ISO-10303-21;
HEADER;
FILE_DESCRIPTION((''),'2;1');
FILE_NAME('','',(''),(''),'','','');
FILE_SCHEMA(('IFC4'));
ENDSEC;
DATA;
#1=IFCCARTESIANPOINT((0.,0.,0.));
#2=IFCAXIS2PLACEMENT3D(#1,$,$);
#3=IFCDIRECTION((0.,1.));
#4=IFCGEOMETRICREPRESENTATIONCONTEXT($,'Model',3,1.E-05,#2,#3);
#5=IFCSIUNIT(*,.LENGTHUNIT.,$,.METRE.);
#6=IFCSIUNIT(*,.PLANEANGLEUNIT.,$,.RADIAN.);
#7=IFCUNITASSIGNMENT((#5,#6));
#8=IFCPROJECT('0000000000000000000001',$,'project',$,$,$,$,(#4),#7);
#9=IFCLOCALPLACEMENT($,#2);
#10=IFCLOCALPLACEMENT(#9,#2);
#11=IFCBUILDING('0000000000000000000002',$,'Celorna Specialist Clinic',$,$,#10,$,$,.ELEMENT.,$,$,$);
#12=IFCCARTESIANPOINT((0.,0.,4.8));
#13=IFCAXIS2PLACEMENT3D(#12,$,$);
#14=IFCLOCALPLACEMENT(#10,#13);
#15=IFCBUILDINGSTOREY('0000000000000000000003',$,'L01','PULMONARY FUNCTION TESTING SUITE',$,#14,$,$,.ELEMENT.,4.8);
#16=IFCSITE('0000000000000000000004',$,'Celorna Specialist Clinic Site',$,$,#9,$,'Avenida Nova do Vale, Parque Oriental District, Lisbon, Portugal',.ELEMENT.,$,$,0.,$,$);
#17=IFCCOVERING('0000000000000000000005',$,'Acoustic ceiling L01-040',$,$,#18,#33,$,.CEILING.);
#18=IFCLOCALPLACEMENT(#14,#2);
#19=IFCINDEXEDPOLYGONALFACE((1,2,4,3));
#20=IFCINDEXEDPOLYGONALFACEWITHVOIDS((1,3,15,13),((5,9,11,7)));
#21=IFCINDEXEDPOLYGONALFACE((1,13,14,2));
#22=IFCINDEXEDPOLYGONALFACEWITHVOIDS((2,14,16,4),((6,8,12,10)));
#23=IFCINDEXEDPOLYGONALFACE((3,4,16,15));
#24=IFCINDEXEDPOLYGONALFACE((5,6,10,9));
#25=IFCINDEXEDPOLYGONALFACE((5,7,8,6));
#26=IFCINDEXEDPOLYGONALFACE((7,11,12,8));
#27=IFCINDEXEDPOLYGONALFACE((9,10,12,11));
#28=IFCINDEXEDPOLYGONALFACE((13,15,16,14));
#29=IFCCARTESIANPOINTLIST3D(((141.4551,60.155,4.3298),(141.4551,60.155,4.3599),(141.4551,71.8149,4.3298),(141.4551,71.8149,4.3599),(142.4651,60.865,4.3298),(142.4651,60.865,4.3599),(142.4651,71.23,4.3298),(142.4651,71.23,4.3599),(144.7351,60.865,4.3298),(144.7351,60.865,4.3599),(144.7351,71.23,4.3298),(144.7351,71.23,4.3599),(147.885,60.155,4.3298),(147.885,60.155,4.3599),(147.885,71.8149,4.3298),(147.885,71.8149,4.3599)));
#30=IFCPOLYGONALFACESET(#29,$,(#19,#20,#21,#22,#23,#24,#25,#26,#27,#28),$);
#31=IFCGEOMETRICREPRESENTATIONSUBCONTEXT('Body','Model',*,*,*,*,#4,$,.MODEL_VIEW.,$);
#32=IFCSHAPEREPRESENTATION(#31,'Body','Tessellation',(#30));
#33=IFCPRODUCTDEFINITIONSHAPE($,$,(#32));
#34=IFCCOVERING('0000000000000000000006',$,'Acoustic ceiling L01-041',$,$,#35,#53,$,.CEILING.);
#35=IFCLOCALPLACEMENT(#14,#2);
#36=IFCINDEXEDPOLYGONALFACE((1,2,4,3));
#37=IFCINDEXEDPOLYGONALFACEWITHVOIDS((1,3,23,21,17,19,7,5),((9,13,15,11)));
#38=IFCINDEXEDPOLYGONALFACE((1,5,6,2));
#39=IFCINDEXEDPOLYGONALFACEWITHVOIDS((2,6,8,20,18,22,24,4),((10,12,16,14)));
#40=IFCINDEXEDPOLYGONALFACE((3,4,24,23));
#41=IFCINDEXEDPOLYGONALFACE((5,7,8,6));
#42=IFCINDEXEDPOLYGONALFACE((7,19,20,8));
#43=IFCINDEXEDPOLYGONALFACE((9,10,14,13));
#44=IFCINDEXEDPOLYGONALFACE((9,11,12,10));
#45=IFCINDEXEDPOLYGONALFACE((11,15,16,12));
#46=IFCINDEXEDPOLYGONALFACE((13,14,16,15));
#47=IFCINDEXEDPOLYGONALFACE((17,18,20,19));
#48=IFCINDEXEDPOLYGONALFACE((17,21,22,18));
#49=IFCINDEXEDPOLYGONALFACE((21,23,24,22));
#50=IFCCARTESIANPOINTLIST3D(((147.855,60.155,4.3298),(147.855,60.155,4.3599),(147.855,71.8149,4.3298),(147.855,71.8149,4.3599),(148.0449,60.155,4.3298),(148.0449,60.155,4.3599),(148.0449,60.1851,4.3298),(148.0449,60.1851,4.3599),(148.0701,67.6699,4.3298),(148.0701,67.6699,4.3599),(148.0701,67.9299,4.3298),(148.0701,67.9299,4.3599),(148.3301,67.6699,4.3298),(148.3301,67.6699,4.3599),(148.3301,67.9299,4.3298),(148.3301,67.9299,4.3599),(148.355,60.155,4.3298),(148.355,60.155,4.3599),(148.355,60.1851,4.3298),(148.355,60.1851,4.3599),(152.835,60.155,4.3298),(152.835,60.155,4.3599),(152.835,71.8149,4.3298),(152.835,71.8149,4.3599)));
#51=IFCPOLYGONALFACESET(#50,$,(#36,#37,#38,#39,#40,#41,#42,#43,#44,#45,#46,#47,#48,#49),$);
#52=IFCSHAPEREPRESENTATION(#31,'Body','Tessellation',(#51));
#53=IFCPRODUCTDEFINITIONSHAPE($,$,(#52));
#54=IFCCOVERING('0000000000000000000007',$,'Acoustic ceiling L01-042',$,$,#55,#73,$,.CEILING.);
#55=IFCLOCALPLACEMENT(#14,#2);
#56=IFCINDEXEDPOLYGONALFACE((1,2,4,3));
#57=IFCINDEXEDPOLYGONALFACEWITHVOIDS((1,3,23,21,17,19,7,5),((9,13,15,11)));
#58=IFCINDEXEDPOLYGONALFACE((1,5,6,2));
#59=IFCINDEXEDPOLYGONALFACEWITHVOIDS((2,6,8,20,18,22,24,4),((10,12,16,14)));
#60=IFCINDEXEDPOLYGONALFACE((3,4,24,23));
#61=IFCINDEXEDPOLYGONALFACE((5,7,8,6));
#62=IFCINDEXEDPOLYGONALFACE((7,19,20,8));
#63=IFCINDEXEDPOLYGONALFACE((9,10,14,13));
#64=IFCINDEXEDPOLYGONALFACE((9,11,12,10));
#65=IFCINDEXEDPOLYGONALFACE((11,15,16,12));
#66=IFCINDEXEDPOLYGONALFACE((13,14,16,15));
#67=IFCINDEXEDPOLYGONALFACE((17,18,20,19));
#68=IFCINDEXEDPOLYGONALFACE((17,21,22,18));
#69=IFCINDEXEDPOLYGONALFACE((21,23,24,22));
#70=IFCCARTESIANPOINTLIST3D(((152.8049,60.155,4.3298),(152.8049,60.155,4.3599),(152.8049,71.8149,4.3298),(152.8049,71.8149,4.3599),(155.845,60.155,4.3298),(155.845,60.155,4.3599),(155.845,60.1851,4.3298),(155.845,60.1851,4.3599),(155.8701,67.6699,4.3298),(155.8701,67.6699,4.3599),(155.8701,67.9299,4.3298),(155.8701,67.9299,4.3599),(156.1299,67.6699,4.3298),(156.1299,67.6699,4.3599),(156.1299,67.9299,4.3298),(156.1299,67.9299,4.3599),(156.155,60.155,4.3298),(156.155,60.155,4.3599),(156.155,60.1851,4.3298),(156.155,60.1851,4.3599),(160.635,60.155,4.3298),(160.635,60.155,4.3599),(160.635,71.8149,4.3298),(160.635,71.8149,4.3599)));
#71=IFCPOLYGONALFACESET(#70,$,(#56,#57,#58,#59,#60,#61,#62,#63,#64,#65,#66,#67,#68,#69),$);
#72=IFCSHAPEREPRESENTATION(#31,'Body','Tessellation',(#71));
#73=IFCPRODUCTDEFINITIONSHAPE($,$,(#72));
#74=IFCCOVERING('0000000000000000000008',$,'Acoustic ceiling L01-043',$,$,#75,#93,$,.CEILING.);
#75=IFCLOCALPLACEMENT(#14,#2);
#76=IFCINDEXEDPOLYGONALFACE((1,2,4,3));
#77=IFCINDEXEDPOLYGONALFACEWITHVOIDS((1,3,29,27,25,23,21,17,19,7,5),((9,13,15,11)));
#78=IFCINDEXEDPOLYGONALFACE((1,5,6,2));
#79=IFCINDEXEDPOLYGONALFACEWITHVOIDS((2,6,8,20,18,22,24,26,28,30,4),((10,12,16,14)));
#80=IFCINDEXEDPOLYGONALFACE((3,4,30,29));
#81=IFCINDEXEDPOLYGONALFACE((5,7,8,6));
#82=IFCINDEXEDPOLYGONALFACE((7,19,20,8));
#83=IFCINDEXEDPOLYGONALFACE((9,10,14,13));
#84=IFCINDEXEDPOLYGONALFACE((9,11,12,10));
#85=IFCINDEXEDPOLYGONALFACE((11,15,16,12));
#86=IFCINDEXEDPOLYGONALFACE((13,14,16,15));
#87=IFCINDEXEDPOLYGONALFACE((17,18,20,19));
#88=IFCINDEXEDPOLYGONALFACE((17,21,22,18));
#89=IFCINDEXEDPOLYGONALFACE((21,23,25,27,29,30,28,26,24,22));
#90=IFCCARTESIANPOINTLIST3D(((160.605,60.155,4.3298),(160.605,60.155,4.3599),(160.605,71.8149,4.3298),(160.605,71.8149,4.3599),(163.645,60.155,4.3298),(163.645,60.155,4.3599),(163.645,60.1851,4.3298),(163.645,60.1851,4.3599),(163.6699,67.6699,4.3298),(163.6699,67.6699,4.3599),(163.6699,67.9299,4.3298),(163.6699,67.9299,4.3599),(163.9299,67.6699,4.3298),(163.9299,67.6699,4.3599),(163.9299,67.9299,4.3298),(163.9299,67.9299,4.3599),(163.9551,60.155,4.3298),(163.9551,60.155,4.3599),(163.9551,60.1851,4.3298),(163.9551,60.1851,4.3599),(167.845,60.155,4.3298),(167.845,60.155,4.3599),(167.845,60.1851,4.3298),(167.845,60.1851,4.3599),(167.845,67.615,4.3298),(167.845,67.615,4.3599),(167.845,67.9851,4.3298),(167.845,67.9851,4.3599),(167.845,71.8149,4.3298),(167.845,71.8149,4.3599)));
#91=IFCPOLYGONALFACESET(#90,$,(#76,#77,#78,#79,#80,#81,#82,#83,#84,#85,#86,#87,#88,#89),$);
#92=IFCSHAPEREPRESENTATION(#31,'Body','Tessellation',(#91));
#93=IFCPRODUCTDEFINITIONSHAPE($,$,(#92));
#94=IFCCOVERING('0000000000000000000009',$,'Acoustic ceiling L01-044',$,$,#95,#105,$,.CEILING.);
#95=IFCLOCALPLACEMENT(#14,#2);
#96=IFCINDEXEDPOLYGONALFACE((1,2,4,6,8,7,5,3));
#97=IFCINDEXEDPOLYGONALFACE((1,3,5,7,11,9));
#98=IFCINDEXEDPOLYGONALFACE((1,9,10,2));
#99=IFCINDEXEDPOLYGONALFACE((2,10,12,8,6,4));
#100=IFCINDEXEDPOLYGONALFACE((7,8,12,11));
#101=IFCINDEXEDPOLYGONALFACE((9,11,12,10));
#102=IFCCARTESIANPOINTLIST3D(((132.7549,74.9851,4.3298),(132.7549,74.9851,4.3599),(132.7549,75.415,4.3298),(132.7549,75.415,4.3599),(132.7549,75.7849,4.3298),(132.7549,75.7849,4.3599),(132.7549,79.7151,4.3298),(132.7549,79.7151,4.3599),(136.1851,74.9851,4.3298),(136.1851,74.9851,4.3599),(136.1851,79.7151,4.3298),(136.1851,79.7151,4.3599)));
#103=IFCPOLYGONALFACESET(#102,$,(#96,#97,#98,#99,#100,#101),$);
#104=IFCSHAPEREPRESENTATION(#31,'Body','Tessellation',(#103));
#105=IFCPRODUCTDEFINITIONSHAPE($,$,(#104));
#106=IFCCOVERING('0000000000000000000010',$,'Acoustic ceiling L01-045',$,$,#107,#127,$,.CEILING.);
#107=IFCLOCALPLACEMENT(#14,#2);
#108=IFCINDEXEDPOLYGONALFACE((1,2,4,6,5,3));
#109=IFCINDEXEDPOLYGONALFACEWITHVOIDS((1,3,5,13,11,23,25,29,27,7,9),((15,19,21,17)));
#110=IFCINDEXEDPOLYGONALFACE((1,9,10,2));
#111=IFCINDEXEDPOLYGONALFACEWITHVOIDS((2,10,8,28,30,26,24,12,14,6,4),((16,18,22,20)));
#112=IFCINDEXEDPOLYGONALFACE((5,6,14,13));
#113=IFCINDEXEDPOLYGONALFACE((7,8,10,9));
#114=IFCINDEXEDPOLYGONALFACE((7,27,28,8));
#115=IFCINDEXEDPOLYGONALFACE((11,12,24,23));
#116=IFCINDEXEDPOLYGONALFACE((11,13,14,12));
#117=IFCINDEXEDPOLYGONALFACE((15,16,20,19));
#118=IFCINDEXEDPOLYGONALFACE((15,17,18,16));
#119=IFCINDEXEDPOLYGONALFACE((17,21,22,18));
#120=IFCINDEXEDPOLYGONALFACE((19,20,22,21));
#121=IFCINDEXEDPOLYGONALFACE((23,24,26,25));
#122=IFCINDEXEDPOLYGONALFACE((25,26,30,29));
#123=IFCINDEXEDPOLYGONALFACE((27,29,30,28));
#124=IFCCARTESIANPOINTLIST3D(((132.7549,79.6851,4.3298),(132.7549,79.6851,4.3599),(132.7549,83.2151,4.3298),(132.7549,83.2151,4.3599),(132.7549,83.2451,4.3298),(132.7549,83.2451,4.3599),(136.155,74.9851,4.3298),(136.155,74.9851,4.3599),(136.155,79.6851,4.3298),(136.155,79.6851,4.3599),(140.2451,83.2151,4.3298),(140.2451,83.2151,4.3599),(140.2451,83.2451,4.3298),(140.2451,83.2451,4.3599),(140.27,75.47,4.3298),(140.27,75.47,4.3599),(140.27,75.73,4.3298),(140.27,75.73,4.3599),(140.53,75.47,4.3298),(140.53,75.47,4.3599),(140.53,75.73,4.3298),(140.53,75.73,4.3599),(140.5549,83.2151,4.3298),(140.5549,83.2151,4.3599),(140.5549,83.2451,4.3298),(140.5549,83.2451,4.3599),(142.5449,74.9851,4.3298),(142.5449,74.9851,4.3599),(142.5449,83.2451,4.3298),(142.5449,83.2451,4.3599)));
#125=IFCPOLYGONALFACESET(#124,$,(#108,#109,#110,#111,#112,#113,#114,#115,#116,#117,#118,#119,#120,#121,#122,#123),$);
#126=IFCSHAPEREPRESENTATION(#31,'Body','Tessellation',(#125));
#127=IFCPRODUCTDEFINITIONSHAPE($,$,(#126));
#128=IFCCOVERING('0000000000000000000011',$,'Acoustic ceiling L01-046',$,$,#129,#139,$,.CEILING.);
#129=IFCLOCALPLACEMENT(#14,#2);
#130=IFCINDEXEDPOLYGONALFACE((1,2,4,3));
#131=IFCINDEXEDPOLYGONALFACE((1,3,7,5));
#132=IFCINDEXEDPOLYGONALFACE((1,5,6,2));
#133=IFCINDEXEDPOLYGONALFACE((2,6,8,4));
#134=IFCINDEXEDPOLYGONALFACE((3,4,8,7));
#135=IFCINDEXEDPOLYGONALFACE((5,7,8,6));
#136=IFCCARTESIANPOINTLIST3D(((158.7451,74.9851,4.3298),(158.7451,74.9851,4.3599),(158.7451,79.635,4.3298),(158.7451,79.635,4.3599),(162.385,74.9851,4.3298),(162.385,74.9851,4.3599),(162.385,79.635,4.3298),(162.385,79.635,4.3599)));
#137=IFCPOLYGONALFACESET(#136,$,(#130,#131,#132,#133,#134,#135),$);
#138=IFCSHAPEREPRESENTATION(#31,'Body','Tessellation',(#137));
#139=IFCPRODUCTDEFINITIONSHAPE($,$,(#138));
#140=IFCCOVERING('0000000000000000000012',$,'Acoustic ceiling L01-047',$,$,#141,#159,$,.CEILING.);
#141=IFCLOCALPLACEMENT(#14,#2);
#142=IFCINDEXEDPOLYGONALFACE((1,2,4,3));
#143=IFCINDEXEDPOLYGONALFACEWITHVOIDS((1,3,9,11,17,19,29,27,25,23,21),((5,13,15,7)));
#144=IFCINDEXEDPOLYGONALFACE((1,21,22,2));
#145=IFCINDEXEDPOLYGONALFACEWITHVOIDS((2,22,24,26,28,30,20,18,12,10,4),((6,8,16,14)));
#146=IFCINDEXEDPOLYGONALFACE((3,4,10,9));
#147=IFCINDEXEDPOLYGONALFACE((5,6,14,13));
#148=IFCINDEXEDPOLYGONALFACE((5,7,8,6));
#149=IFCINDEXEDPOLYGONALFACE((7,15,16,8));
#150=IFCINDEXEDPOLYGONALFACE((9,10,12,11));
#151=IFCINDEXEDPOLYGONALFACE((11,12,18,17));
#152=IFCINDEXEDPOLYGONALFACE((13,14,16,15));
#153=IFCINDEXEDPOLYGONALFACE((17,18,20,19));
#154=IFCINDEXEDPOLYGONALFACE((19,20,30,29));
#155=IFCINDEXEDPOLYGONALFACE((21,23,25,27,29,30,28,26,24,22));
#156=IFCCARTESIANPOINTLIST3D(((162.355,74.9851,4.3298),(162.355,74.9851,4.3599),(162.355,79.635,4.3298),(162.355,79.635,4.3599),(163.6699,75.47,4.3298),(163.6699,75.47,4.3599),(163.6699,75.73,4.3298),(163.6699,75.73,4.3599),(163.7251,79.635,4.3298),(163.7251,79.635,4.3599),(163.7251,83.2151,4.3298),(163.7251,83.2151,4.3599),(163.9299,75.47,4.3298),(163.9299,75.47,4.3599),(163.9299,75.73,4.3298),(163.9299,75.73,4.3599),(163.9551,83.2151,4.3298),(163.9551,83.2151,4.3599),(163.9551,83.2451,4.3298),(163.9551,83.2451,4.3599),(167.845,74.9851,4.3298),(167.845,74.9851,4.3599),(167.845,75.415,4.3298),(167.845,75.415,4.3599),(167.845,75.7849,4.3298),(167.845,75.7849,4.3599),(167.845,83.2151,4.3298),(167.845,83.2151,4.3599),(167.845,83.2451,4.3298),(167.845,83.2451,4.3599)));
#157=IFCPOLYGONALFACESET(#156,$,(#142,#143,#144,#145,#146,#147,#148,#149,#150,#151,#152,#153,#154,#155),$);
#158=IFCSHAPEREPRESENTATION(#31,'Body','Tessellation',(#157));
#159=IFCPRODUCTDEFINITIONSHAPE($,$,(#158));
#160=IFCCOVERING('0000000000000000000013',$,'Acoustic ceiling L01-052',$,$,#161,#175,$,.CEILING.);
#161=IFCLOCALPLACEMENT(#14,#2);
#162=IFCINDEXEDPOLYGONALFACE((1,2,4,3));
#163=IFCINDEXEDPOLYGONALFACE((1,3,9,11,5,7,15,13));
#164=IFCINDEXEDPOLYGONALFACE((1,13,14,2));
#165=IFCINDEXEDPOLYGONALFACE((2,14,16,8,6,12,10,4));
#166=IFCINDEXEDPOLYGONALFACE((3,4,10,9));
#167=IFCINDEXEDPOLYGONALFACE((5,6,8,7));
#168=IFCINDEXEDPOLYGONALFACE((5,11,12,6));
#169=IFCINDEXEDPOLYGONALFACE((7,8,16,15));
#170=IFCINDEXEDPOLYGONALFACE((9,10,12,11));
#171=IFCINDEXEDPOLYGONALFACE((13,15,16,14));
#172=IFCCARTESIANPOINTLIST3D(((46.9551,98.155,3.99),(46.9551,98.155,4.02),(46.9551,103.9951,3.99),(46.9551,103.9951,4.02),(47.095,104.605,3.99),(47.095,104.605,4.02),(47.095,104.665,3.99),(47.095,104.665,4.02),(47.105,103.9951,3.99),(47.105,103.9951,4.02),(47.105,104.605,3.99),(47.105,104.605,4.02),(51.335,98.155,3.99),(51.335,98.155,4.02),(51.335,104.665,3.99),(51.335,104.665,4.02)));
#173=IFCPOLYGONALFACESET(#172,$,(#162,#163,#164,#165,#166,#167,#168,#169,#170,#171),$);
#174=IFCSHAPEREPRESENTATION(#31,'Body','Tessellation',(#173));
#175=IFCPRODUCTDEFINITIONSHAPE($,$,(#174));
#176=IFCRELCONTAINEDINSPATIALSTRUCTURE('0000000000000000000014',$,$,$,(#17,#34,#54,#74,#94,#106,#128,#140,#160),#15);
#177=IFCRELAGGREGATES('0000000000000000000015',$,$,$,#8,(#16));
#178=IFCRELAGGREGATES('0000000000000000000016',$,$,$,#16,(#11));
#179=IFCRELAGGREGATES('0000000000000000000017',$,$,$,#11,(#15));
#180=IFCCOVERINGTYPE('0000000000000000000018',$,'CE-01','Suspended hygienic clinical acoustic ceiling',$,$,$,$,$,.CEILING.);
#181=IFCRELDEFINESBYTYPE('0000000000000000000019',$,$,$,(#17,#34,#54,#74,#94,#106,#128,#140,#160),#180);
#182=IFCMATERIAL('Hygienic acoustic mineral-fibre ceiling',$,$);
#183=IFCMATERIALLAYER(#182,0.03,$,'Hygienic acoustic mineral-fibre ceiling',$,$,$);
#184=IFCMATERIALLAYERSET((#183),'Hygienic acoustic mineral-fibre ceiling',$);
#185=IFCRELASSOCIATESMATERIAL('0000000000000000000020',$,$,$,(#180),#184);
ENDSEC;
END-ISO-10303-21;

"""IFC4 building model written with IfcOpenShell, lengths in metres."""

from ifc_helpers import new_model, si_unit, direction, frame, origin, place, context, subcontext, project, spatial, polyline, outline, extrude, material, layer, layer_set, type_object, element, save


model = new_model("IFC4")

# Units and contexts
model_context = context("Model", 3, precision=1e-05, world=origin(), true_north=direction((0.0, 1.0)))
body_context = subcontext(model_context, "Body", "Model", "MODEL_VIEW")
ifc_project = project(units=[si_unit("LENGTHUNIT", "METRE"), si_unit("PLANEANGLEUNIT", "RADIAN")], contexts=[model_context])

# Site, building, storey
site_placement = place(None, origin())
site = spatial("IfcSite", under=ifc_project, at=site_placement, Name="Celorna Specialist Clinic Site", LongName="Avenida Nova do Vale, Parque Oriental District, Lisbon, Portugal", CompositionType="ELEMENT", RefElevation=0.0)
building_placement = place(site_placement, origin())
building = spatial("IfcBuilding", under=site, at=building_placement, Name="Celorna Specialist Clinic", CompositionType="ELEMENT")
storey_placement = place(building_placement, frame((0.0, 0.0, 4.8)))
storey = spatial("IfcBuildingStorey", under=building, at=storey_placement, Name="L01", Description="PULMONARY FUNCTION TESTING SUITE", CompositionType="ELEMENT", Elevation=4.8)

# Coverings
ifc_material_1 = material(Name="Hygienic acoustic mineral-fibre ceiling")
ifc_layer_1 = layer(ifc_material_1, 0.03, Name="Hygienic acoustic mineral-fibre ceiling")
ifc_layer_set_1 = layer_set([ifc_layer_1], Name="Hygienic acoustic mineral-fibre ceiling")
covering_type = type_object("IfcCoveringType", Name="CE-01", Description="Suspended hygienic clinical acoustic ceiling", PredefinedType="CEILING", material=ifc_layer_set_1)
covering_1_placement = place(storey_placement, frame((0.0, 0.0, 4.3298)))
element("IfcCovering", 1, at=covering_1_placement, inside=storey, type_object=covering_type, Name="Acoustic ceiling L01-040", PredefinedType="CEILING", context=body_context, shape_type="SweptSolid", body=[
    extrude(outline(polyline([(147.885, 71.8149), (147.885, 60.155), (141.4551, 60.155), (141.4551, 71.8149), (147.885, 71.8149)]), holes=[polyline([(144.7351, 60.865), (144.7351, 71.23), (142.4651, 71.23), (142.4651, 60.865), (144.7351, 60.865)])]), origin(), (0.0, 0.0, 1.0), 0.03),
])
covering_2_placement = place(storey_placement, frame((0.0, 0.0, 4.3298)))
element("IfcCovering", 2, at=covering_2_placement, inside=storey, type_object=covering_type, Name="Acoustic ceiling L01-041", PredefinedType="CEILING", context=body_context, shape_type="SweptSolid", body=[
    extrude(outline(polyline([(152.835, 71.8149), (152.835, 60.155), (148.355, 60.155), (148.355, 60.1851), (148.0449, 60.1851), (148.0449, 60.155), (147.855, 60.155), (147.855, 71.8149), (152.835, 71.8149)]), holes=[polyline([(148.3301, 67.6699), (148.3301, 67.9299), (148.0701, 67.9299), (148.0701, 67.6699), (148.3301, 67.6699)])]), origin(), (0.0, 0.0, 1.0), 0.03),
])
covering_3_placement = place(storey_placement, frame((0.0, 0.0, 4.3298)))
element("IfcCovering", 3, at=covering_3_placement, inside=storey, type_object=covering_type, Name="Acoustic ceiling L01-042", PredefinedType="CEILING", context=body_context, shape_type="SweptSolid", body=[
    extrude(outline(polyline([(160.635, 71.8149), (160.635, 60.155), (156.155, 60.155), (156.155, 60.1851), (155.845, 60.1851), (155.845, 60.155), (152.8049, 60.155), (152.8049, 71.8149), (160.635, 71.8149)]), holes=[polyline([(156.1299, 67.6699), (156.1299, 67.9299), (155.8701, 67.9299), (155.8701, 67.6699), (156.1299, 67.6699)])]), origin(), (0.0, 0.0, 1.0), 0.03),
])
covering_4_placement = place(storey_placement, frame((0.0, 0.0, 4.3298)))
element("IfcCovering", 4, at=covering_4_placement, inside=storey, type_object=covering_type, Name="Acoustic ceiling L01-043", PredefinedType="CEILING", context=body_context, shape_type="SweptSolid", body=[
    extrude(outline(polyline([(167.845, 71.8149), (167.845, 67.9851), (167.845, 67.615), (167.845, 60.1851), (167.845, 60.155), (163.9551, 60.155), (163.9551, 60.1851), (163.645, 60.1851), (163.645, 60.155), (160.605, 60.155), (160.605, 71.8149), (167.845, 71.8149)]), holes=[polyline([(163.9299, 67.6699), (163.9299, 67.9299), (163.6699, 67.9299), (163.6699, 67.6699), (163.9299, 67.6699)])]), origin(), (0.0, 0.0, 1.0), 0.03),
])
covering_5_placement = place(storey_placement, frame((0.0, 0.0, 4.3298)))
element("IfcCovering", 5, at=covering_5_placement, inside=storey, type_object=covering_type, Name="Acoustic ceiling L01-044", PredefinedType="CEILING", context=body_context, shape_type="SweptSolid", body=[
    extrude(outline(polyline([(136.1851, 79.7151), (136.1851, 74.9851), (132.7549, 74.9851), (132.7549, 75.415), (132.7549, 75.7849), (132.7549, 79.7151), (136.1851, 79.7151)])), origin(), (0.0, 0.0, 1.0), 0.03),
])
covering_6_placement = place(storey_placement, frame((0.0, 0.0, 4.3298)))
element("IfcCovering", 6, at=covering_6_placement, inside=storey, type_object=covering_type, Name="Acoustic ceiling L01-045", PredefinedType="CEILING", context=body_context, shape_type="SweptSolid", body=[
    extrude(outline(polyline([(132.7549, 79.6851), (132.7549, 83.2151), (132.7549, 83.2451), (140.2451, 83.2451), (140.2451, 83.2151), (140.5549, 83.2151), (140.5549, 83.2451), (142.5449, 83.2451), (142.5449, 74.9851), (136.155, 74.9851), (136.155, 79.6851), (132.7549, 79.6851)]), holes=[polyline([(140.53, 75.47), (140.53, 75.73), (140.27, 75.73), (140.27, 75.47), (140.53, 75.47)])]), origin(), (0.0, 0.0, 1.0), 0.03),
])
covering_7_placement = place(storey_placement, frame((0.0, 0.0, 4.3298)))
element("IfcCovering", 7, at=covering_7_placement, inside=storey, type_object=covering_type, Name="Acoustic ceiling L01-046", PredefinedType="CEILING", context=body_context, shape_type="SweptSolid", body=[
    extrude(outline(polyline([(158.7451, 79.635), (162.385, 79.635), (162.385, 74.9851), (158.7451, 74.9851), (158.7451, 79.635)])), origin(), (0.0, 0.0, 1.0), 0.03),
])
covering_8_placement = place(storey_placement, frame((0.0, 0.0, 4.3298)))
element("IfcCovering", 8, at=covering_8_placement, inside=storey, type_object=covering_type, Name="Acoustic ceiling L01-047", PredefinedType="CEILING", context=body_context, shape_type="SweptSolid", body=[
    extrude(outline(polyline([(167.845, 83.2451), (167.845, 83.2151), (167.845, 75.7849), (167.845, 75.415), (167.845, 74.9851), (162.355, 74.9851), (162.355, 79.635), (163.7251, 79.635), (163.7251, 83.2151), (163.9551, 83.2151), (163.9551, 83.2451), (167.845, 83.2451)]), holes=[polyline([(163.9299, 75.73), (163.6699, 75.73), (163.6699, 75.47), (163.9299, 75.47), (163.9299, 75.73)])]), origin(), (0.0, 0.0, 1.0), 0.03),
])
covering_9_placement = place(storey_placement, frame((0.0, 0.0, 3.99)))
element("IfcCovering", 9, at=covering_9_placement, inside=storey, type_object=covering_type, Name="Acoustic ceiling L01-052", PredefinedType="CEILING", context=body_context, shape_type="SweptSolid", body=[
    extrude(outline(polyline([(51.335, 104.665), (51.335, 98.155), (46.9551, 98.155), (46.9551, 103.9951), (47.105, 103.9951), (47.105, 104.605), (47.095, 104.605), (47.095, 104.665), (51.335, 104.665)])), origin(), (0.0, 0.0, 1.0), 0.03),
])

save(model, "model.ifc")
